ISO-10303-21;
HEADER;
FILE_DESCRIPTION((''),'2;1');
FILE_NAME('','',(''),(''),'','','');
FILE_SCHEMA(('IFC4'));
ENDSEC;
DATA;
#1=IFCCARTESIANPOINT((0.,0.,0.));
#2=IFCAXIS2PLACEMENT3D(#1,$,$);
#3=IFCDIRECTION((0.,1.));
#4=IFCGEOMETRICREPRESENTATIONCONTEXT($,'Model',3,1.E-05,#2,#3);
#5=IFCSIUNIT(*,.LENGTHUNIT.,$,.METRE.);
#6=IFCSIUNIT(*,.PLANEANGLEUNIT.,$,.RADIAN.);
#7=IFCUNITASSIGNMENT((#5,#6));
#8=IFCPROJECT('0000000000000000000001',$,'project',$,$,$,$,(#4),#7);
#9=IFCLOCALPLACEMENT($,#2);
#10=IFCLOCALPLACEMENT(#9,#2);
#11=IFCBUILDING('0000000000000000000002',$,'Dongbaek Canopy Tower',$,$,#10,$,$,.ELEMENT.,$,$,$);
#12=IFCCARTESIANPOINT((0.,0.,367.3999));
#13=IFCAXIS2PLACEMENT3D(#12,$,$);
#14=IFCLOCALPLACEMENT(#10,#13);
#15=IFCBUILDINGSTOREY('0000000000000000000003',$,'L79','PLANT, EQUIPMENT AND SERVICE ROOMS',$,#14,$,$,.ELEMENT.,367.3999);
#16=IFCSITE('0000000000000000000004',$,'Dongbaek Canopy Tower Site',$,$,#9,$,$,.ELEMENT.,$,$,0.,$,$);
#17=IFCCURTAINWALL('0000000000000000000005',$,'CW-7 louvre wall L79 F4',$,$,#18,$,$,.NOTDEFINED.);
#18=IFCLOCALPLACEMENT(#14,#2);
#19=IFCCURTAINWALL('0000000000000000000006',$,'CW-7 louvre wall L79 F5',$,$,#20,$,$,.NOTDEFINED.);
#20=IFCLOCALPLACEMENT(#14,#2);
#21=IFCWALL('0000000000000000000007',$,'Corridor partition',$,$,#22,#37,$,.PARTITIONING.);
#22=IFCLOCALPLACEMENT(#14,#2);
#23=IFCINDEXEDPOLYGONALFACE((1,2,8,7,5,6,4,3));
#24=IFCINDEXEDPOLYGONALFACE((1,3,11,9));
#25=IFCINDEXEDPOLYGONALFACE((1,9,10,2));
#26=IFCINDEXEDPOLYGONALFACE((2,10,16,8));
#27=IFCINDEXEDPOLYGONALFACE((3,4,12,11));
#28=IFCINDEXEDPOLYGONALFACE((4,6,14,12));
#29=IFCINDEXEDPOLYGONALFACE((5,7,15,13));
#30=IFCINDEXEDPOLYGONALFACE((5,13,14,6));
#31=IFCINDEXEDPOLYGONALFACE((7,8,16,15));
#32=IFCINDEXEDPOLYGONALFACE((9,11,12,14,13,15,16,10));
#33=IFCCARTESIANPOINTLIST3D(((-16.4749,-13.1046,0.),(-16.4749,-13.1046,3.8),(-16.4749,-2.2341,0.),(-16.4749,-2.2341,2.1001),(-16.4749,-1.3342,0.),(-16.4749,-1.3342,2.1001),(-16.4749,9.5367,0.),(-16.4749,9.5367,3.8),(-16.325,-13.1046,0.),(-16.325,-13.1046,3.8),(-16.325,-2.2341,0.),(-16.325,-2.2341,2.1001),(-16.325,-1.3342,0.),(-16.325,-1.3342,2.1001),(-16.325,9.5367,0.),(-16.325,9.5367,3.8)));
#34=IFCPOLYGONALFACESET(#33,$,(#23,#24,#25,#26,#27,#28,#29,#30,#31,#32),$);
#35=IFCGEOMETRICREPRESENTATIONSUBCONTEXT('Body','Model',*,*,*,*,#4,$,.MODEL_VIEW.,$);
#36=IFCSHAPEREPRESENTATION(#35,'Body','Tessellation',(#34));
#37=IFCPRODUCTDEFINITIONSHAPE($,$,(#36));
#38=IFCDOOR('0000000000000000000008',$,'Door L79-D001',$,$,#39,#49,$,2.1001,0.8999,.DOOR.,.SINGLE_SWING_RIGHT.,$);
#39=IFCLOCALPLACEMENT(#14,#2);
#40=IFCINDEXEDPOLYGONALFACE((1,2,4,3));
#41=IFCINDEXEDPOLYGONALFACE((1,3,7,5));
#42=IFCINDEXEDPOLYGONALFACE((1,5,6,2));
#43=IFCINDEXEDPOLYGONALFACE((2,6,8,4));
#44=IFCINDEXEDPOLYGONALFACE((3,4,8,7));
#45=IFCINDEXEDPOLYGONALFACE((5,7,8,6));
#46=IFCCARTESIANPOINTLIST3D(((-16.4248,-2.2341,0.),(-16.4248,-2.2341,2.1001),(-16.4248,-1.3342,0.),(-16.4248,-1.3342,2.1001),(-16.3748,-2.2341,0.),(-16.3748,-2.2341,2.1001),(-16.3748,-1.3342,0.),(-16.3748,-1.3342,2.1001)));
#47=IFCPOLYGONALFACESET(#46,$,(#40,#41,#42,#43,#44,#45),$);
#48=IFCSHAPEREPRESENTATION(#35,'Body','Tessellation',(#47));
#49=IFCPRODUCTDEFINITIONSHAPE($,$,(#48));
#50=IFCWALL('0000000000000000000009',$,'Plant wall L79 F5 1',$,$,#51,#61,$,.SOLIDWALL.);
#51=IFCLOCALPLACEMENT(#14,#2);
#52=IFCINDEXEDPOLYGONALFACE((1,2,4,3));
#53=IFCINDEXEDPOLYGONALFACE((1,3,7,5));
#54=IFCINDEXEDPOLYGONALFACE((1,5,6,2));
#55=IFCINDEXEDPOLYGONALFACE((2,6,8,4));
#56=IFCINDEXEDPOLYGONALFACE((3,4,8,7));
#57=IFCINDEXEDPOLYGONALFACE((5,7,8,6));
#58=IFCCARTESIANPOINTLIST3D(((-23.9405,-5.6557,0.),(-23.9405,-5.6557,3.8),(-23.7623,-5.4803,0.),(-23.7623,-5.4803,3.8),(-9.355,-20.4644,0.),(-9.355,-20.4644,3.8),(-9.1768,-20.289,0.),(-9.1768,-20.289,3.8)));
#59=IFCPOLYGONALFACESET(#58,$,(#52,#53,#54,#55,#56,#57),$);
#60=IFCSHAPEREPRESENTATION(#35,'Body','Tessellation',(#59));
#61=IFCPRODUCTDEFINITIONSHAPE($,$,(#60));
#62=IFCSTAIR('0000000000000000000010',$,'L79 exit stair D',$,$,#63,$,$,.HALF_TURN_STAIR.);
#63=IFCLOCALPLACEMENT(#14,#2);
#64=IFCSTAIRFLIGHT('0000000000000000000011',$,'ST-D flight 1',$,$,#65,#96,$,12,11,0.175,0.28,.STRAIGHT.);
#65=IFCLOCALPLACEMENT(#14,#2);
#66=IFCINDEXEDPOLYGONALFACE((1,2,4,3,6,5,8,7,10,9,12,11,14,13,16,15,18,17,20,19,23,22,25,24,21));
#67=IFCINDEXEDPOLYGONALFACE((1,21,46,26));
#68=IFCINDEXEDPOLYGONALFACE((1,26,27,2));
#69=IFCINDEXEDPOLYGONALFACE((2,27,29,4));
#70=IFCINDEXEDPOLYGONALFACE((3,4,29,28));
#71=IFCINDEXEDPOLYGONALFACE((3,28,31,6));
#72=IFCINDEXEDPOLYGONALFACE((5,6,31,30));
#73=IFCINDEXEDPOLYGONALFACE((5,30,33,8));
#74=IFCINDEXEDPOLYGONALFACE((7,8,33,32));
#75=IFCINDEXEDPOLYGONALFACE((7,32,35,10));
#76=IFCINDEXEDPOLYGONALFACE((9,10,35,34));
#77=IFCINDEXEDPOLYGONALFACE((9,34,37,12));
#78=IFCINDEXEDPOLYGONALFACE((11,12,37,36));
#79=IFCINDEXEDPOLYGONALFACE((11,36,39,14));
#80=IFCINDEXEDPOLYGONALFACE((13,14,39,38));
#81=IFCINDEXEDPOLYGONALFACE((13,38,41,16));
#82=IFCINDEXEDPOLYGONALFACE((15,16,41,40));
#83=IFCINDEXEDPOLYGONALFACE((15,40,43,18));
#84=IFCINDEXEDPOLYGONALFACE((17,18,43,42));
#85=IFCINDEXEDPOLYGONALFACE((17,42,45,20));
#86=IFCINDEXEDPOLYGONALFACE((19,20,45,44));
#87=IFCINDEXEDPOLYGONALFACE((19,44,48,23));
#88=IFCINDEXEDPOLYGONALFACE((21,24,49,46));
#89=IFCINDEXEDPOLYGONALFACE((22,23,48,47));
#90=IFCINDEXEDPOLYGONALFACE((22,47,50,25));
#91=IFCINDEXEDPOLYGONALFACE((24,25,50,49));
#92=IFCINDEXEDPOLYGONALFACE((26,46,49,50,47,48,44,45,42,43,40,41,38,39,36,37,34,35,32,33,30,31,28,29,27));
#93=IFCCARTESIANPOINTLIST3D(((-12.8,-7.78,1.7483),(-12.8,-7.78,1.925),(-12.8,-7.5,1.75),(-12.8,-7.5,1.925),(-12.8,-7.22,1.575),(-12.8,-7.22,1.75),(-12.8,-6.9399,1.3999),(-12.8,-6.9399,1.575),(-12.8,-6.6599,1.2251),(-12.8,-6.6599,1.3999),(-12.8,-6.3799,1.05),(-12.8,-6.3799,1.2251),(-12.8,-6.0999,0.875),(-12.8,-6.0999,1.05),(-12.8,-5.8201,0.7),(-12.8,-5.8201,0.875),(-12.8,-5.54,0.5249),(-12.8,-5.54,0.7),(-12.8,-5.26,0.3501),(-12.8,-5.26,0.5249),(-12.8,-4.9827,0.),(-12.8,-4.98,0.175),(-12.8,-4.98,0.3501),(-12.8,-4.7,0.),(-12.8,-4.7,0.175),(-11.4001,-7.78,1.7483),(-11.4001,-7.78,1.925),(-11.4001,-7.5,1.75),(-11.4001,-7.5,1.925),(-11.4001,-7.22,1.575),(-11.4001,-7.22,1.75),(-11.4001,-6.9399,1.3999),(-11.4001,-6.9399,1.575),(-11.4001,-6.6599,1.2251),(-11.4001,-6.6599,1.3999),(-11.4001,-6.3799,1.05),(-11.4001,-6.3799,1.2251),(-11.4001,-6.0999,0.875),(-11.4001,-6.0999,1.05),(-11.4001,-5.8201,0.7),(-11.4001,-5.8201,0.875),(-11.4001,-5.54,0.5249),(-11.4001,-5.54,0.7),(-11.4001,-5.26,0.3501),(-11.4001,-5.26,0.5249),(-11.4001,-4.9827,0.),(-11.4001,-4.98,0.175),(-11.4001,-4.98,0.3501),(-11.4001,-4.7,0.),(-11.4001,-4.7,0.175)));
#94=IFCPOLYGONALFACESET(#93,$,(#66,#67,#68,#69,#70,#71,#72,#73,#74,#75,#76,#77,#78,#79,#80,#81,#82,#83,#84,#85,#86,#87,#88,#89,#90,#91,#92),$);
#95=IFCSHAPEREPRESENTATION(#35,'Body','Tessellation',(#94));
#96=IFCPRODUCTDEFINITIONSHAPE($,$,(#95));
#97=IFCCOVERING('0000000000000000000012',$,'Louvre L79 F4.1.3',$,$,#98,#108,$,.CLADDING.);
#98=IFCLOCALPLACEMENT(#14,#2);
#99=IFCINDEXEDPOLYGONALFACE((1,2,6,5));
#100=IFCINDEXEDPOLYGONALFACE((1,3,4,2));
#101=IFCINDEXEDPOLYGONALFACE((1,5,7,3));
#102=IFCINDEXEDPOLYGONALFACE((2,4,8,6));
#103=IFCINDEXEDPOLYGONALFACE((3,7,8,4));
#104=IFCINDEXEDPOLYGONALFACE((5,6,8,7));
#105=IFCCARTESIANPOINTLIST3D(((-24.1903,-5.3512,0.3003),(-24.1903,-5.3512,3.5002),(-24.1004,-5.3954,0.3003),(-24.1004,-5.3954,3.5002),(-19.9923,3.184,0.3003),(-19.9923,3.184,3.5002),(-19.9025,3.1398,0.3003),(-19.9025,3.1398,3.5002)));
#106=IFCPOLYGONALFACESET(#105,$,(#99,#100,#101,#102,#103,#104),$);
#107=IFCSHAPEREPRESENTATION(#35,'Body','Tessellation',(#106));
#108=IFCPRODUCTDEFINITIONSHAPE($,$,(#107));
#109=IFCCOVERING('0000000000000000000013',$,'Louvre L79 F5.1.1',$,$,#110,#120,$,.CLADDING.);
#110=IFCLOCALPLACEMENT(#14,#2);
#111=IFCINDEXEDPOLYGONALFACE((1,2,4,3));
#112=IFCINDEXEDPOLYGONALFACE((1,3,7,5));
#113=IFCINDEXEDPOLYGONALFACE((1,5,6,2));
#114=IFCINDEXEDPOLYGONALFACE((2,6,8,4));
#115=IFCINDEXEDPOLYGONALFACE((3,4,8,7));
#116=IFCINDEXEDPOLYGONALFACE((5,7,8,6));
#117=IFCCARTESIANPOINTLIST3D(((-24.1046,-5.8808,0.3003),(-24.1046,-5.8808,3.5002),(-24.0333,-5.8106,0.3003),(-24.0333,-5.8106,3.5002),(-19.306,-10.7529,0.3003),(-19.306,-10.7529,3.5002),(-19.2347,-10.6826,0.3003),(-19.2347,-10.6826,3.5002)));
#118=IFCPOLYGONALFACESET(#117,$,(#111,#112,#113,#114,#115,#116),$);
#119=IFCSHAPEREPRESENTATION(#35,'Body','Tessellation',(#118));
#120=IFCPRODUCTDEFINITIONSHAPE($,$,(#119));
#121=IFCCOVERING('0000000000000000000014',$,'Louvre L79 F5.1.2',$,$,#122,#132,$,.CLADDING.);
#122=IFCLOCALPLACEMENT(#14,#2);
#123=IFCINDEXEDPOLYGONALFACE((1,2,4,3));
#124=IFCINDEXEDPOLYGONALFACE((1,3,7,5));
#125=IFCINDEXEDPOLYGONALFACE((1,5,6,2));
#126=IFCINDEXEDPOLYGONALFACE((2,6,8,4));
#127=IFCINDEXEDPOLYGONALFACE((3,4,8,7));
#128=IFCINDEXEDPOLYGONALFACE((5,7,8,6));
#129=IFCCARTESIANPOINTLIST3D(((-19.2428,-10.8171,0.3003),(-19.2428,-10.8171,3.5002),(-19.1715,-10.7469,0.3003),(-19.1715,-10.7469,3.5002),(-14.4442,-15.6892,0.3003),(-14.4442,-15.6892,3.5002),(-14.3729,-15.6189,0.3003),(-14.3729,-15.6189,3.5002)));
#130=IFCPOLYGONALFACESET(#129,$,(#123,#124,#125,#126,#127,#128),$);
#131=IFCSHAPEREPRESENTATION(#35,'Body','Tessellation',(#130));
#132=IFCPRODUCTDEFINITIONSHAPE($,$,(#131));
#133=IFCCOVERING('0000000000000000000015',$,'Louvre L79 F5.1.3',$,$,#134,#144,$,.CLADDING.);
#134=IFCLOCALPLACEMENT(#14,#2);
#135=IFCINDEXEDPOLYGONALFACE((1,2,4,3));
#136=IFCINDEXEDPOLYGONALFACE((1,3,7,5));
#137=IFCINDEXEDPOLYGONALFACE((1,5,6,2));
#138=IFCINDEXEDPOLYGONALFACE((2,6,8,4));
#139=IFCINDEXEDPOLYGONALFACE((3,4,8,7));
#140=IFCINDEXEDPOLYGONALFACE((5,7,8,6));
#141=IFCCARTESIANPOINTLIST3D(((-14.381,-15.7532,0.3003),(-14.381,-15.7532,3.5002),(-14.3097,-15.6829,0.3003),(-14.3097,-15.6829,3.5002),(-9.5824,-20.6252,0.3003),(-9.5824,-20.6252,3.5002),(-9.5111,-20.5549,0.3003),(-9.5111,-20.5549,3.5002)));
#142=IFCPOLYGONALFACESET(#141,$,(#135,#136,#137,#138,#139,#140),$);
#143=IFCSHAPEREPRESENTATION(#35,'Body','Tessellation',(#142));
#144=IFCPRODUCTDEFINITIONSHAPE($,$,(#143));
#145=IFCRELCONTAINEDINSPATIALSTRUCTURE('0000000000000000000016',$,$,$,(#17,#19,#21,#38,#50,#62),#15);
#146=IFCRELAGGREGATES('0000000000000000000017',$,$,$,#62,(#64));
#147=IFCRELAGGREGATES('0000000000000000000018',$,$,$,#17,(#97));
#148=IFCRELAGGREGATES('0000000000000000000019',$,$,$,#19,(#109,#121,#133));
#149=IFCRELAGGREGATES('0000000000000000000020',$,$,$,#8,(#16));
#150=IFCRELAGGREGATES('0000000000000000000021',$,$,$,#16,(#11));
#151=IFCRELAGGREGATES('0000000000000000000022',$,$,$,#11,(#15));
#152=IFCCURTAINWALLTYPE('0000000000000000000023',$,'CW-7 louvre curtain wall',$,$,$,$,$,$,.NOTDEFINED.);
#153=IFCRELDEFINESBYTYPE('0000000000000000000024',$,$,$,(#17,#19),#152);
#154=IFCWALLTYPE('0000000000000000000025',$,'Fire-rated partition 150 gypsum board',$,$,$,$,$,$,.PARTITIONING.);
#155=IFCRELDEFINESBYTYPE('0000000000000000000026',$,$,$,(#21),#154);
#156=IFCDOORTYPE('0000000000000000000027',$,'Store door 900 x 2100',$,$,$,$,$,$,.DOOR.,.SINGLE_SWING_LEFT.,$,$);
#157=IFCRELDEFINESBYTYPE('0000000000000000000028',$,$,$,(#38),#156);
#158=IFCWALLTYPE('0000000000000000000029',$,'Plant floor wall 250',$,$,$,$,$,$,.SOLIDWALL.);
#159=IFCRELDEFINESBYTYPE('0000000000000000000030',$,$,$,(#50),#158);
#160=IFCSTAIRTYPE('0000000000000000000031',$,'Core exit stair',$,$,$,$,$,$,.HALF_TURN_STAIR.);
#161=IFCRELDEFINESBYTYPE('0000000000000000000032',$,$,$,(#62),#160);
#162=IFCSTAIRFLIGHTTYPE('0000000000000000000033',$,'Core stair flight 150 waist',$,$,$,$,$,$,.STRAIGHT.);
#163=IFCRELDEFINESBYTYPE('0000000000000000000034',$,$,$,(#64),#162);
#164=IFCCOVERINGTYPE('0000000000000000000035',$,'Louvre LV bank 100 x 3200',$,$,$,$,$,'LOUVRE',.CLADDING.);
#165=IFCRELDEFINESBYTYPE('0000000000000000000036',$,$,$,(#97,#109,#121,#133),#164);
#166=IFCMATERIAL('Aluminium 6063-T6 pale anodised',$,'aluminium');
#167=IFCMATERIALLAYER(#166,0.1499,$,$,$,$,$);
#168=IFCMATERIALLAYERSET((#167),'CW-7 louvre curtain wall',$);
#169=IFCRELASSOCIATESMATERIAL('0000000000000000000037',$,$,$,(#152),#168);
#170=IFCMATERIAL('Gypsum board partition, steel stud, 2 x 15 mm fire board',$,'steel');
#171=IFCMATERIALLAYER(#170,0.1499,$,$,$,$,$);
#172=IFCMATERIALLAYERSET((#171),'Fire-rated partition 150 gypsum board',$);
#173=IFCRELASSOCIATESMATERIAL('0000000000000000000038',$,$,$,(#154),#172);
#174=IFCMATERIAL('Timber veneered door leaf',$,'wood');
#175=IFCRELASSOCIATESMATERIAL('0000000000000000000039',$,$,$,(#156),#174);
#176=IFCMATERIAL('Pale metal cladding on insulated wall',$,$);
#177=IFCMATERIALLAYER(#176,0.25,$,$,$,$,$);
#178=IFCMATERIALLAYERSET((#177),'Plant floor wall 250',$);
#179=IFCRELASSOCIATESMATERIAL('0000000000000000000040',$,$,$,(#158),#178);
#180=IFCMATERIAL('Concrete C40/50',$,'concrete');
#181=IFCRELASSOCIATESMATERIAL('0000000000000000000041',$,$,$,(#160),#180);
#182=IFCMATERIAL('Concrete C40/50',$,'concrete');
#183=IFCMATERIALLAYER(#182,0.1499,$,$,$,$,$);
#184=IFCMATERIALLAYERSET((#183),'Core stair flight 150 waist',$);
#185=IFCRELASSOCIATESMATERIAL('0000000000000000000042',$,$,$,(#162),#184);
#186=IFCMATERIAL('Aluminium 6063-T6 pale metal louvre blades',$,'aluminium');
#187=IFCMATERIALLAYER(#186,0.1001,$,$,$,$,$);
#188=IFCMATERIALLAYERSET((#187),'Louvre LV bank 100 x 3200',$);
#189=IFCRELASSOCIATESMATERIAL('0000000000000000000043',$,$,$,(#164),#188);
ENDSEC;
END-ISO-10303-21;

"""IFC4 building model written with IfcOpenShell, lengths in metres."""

from ifc_helpers import new_model, si_unit, direction, frame, frame_2d, origin, origin_2d, place, context, subcontext, project, spatial, polyline, rectangle, outline, extrude, material, layer, layer_set, type_object, element, fill, aggregate, save


model = new_model("IFC4")

# Units and contexts
model_context = context("Model", 3, precision=1e-05, world=origin(), true_north=direction((0.0, 1.0)))
body_context = subcontext(model_context, "Body", "Model", "MODEL_VIEW")
ifc_project = project(units=[si_unit("LENGTHUNIT", "METRE"), si_unit("PLANEANGLEUNIT", "RADIAN")], contexts=[model_context])

# Site, building, storey
site_placement = place(None, origin())
site = spatial("IfcSite", under=ifc_project, at=site_placement, Name="Dongbaek Canopy Tower Site", CompositionType="ELEMENT", RefElevation=0.0)
building_placement = place(site_placement, origin())
building = spatial("IfcBuilding", under=site, at=building_placement, Name="Dongbaek Canopy Tower", CompositionType="ELEMENT")
storey_placement = place(building_placement, frame((0.0, 0.0, 367.3999)))
storey = spatial("IfcBuildingStorey", under=building, at=storey_placement, Name="L79", Description="PLANT, EQUIPMENT AND SERVICE ROOMS", CompositionType="ELEMENT", Elevation=367.3999)

# Curtain wall
ifc_material_1 = material(Name="Aluminium 6063-T6 pale anodised", Category="aluminium")
ifc_layer_1 = layer(ifc_material_1, 0.1499)
ifc_layer_set_1 = layer_set([ifc_layer_1], Name="CW-7 louvre curtain wall")
curtain_wall_type = type_object("IfcCurtainWallType", Name="CW-7 louvre curtain wall", PredefinedType="NOTDEFINED", material=ifc_layer_set_1)
curtain_wall_1_placement = place(storey_placement, origin())
curtain_wall_1 = element("IfcCurtainWall", 1, at=curtain_wall_1_placement, inside=storey, type_object=curtain_wall_type, Name="CW-7 louvre wall L79 F4", PredefinedType="NOTDEFINED")

# Curtain wall
curtain_wall_2_placement = place(storey_placement, origin())
curtain_wall_2 = element("IfcCurtainWall", 2, at=curtain_wall_2_placement, inside=storey, type_object=curtain_wall_type, Name="CW-7 louvre wall L79 F5", PredefinedType="NOTDEFINED")

# Wall, opening, door
ifc_material_2 = material(Name="Gypsum board partition, steel stud, 2 x 15 mm fire board", Category="steel")
ifc_layer_2 = layer(ifc_material_2, 0.1499)
ifc_layer_set_2 = layer_set([ifc_layer_2], Name="Fire-rated partition 150 gypsum board")
wall_type_1 = type_object("IfcWallType", Name="Fire-rated partition 150 gypsum board", PredefinedType="PARTITIONING", material=ifc_layer_set_2)
wall_1_placement = place(storey_placement, frame((-16.3999, -13.1047, 0.0), z_axis=(0.0, 0.0, 1.0), x_axis=(0.0, 1.0, 0.0)))
wall_1 = element("IfcWall", 3, at=wall_1_placement, inside=storey, type_object=wall_type_1, Name="Corridor partition", PredefinedType="PARTITIONING", context=body_context, shape_type="SweptSolid", body=[
    extrude(rectangle(XDim=22.6414, YDim=0.1499, at=frame_2d((11.3208, 0.0))), origin(), (0.0, 0.0, 1.0), 3.8),
])
opening_placement = place(wall_1_placement, frame((10.8706, 0.0, 0.0)))
opening = element("IfcOpeningElement", 4, at=opening_placement, cuts=wall_1, PredefinedType="OPENING", context=body_context, shape_type="SweptSolid", body=[
    extrude(rectangle(XDim=0.8999, YDim=2.1001, at=frame_2d((0.45, 1.05))), frame((0.0, 0.085, 0.0), z_axis=(0.0, -1.0, 0.0), x_axis=(1.0, 0.0, 0.0)), (0.0, 0.0, 1.0), 0.1699),
])
ifc_material_3 = material(Name="Timber veneered door leaf", Category="wood")
door_type = type_object("IfcDoorType", Name="Store door 900 x 2100", OperationType="SINGLE_SWING_LEFT", PredefinedType="DOOR", material=ifc_material_3)
door_placement = place(opening_placement, origin())
door = element("IfcDoor", 5, at=door_placement, inside=storey, type_object=door_type, Name="Door L79-D001", OperationType="SINGLE_SWING_RIGHT", OverallHeight=2.1001, OverallWidth=0.8999, PredefinedType="DOOR", context=body_context, shape_type="SweptSolid", body=[
    extrude(rectangle(XDim=0.8999, YDim=2.1001, at=frame_2d((0.45, 1.05))), frame((0.0, 0.0249, 0.0), z_axis=(0.0, -1.0, 0.0), x_axis=(1.0, 0.0, 0.0)), (0.0, 0.0, 1.0), 0.05),
])
fill(opening, door)

# Wall
ifc_material_4 = material(Name="Pale metal cladding on insulated wall")
ifc_layer_3 = layer(ifc_material_4, 0.25)
ifc_layer_set_3 = layer_set([ifc_layer_3], Name="Plant floor wall 250")
wall_type_2 = type_object("IfcWallType", Name="Plant floor wall 250", PredefinedType="SOLIDWALL", material=ifc_layer_set_3)
wall_2_placement = place(storey_placement, frame((-23.8513, -5.5681, 0.0), z_axis=(0.0, 0.0, 1.0), x_axis=(0.701719, -0.712454, 0.0)))
element("IfcWall", 6, at=wall_2_placement, inside=storey, type_object=wall_type_2, Name="Plant wall L79 F5 1", PredefinedType="SOLIDWALL", context=body_context, shape_type="SweptSolid", body=[
    extrude(rectangle(XDim=20.7854, YDim=0.25, at=frame_2d((10.3926, 0.0))), origin(), (0.0, 0.0, 1.0), 3.8),
])

# Stair, stair flight
ifc_material_5 = material(Name="Concrete C40/50", Category="concrete")
stair_type = type_object("IfcStairType", Name="Core exit stair", PredefinedType="HALF_TURN_STAIR", material=ifc_material_5)
stair_placement = place(storey_placement, origin())
stair = element("IfcStair", 7, at=stair_placement, inside=storey, type_object=stair_type, Name="L79 exit stair D", PredefinedType="HALF_TURN_STAIR")
ifc_material_6 = material(Name="Concrete C40/50", Category="concrete")
ifc_layer_4 = layer(ifc_material_6, 0.1499)
ifc_layer_set_4 = layer_set([ifc_layer_4], Name="Core stair flight 150 waist")
stair_flight_type = type_object("IfcStairFlightType", Name="Core stair flight 150 waist", PredefinedType="STRAIGHT", material=ifc_layer_set_4)
stair_flight_placement = place(storey_placement, frame((-12.1001, -4.7, 0.0), z_axis=(0.0, 0.0, 1.0), x_axis=(0.0, -1.0, 0.0)))
stair_flight = element("IfcStairFlight", 8, at=stair_flight_placement, type_object=stair_flight_type, Name="ST-D flight 1", NumberOfRisers=12, NumberOfTreads=11, PredefinedType="STRAIGHT", RiserHeight=0.175, TreadLength=0.28, context=body_context, shape_type="SweptSolid", body=[
    extrude(outline(polyline([(0.0, 0.0), (0.0, 0.175), (0.28, 0.175), (0.28, 0.3501), (0.5601, 0.3501), (0.5601, 0.5249), (0.8401, 0.5249), (0.8401, 0.7), (1.1201, 0.7), (1.1201, 0.875), (1.3999, 0.875), (1.3999, 1.05), (1.6799, 1.05), (1.6799, 1.2251), (1.96, 1.2251), (1.96, 1.3999), (2.24, 1.3999), (2.24, 1.575), (2.52, 1.575), (2.52, 1.75), (2.8, 1.75), (2.8, 1.925), (3.0801, 1.925), (3.0801, 2.1001), (3.0801, 1.7483), (0.2827, 0.0), (0.0, 0.0)])), frame((0.0, 0.7, 0.0), z_axis=(0.0, -1.0, 0.0), x_axis=(1.0, 0.0, 0.0)), (0.0, 0.0, 1.0), 1.3999),
])
aggregate(stair, [stair_flight])

# Coverings
ifc_material_7 = material(Name="Aluminium 6063-T6 pale metal louvre blades", Category="aluminium")
ifc_layer_5 = layer(ifc_material_7, 0.1001)
ifc_layer_set_5 = layer_set([ifc_layer_5], Name="Louvre LV bank 100 x 3200")
covering_type = type_object("IfcCoveringType", Name="Louvre LV bank 100 x 3200", ElementType="LOUVRE", PredefinedType="CLADDING", material=ifc_layer_set_5)
covering_1_placement = place(storey_placement, frame((-22.0464, -1.1057, 0.3003), z_axis=(0.0, 0.0, 1.0), x_axis=(-0.441342, -0.897339, 0.0)))
covering_1 = element("IfcCovering", 9, at=covering_1_placement, type_object=covering_type, Name="Louvre L79 F4.1.3", PredefinedType="CLADDING", context=body_context, shape_type="SweptSolid", body=[
    extrude(rectangle(XDim=9.5117, YDim=0.1001, at=origin_2d()), origin(), (0.0, 0.0, 1.0), 3.2),
])
covering_2_placement = place(storey_placement, frame((-21.6697, -8.2817, 0.3003), z_axis=(0.0, 0.0, 1.0), x_axis=(0.701718, -0.712455, 0.0)))
covering_2 = element("IfcCovering", 10, at=covering_2_placement, type_object=covering_type, Name="Louvre L79 F5.1.1", PredefinedType="CLADDING", context=body_context, shape_type="SweptSolid", body=[
    extrude(rectangle(XDim=6.8384, YDim=0.1001, at=origin_2d()), origin(), (0.0, 0.0, 1.0), 3.2),
])
covering_3_placement = place(storey_placement, frame((-16.8079, -13.218, 0.3003), z_axis=(0.0, 0.0, 1.0), x_axis=(0.701718, -0.712455, 0.0)))
covering_3 = element("IfcCovering", 11, at=covering_3_placement, type_object=covering_type, Name="Louvre L79 F5.1.2", PredefinedType="CLADDING", context=body_context, shape_type="SweptSolid", body=[
    extrude(rectangle(XDim=6.8384, YDim=0.1001, at=origin_2d()), origin(), (0.0, 0.0, 1.0), 3.2),
])
covering_4_placement = place(storey_placement, frame((-11.946, -18.1541, 0.3003), z_axis=(0.0, 0.0, 1.0), x_axis=(0.701718, -0.712455, 0.0)))
covering_4 = element("IfcCovering", 12, at=covering_4_placement, type_object=covering_type, Name="Louvre L79 F5.1.3", PredefinedType="CLADDING", context=body_context, shape_type="SweptSolid", body=[
    extrude(rectangle(XDim=6.8384, YDim=0.1001, at=origin_2d()), origin(), (0.0, 0.0, 1.0), 3.2),
])

aggregate(curtain_wall_1, [covering_1])
aggregate(curtain_wall_2, [covering_2, covering_3, covering_4])

save(model, "model.ifc")
